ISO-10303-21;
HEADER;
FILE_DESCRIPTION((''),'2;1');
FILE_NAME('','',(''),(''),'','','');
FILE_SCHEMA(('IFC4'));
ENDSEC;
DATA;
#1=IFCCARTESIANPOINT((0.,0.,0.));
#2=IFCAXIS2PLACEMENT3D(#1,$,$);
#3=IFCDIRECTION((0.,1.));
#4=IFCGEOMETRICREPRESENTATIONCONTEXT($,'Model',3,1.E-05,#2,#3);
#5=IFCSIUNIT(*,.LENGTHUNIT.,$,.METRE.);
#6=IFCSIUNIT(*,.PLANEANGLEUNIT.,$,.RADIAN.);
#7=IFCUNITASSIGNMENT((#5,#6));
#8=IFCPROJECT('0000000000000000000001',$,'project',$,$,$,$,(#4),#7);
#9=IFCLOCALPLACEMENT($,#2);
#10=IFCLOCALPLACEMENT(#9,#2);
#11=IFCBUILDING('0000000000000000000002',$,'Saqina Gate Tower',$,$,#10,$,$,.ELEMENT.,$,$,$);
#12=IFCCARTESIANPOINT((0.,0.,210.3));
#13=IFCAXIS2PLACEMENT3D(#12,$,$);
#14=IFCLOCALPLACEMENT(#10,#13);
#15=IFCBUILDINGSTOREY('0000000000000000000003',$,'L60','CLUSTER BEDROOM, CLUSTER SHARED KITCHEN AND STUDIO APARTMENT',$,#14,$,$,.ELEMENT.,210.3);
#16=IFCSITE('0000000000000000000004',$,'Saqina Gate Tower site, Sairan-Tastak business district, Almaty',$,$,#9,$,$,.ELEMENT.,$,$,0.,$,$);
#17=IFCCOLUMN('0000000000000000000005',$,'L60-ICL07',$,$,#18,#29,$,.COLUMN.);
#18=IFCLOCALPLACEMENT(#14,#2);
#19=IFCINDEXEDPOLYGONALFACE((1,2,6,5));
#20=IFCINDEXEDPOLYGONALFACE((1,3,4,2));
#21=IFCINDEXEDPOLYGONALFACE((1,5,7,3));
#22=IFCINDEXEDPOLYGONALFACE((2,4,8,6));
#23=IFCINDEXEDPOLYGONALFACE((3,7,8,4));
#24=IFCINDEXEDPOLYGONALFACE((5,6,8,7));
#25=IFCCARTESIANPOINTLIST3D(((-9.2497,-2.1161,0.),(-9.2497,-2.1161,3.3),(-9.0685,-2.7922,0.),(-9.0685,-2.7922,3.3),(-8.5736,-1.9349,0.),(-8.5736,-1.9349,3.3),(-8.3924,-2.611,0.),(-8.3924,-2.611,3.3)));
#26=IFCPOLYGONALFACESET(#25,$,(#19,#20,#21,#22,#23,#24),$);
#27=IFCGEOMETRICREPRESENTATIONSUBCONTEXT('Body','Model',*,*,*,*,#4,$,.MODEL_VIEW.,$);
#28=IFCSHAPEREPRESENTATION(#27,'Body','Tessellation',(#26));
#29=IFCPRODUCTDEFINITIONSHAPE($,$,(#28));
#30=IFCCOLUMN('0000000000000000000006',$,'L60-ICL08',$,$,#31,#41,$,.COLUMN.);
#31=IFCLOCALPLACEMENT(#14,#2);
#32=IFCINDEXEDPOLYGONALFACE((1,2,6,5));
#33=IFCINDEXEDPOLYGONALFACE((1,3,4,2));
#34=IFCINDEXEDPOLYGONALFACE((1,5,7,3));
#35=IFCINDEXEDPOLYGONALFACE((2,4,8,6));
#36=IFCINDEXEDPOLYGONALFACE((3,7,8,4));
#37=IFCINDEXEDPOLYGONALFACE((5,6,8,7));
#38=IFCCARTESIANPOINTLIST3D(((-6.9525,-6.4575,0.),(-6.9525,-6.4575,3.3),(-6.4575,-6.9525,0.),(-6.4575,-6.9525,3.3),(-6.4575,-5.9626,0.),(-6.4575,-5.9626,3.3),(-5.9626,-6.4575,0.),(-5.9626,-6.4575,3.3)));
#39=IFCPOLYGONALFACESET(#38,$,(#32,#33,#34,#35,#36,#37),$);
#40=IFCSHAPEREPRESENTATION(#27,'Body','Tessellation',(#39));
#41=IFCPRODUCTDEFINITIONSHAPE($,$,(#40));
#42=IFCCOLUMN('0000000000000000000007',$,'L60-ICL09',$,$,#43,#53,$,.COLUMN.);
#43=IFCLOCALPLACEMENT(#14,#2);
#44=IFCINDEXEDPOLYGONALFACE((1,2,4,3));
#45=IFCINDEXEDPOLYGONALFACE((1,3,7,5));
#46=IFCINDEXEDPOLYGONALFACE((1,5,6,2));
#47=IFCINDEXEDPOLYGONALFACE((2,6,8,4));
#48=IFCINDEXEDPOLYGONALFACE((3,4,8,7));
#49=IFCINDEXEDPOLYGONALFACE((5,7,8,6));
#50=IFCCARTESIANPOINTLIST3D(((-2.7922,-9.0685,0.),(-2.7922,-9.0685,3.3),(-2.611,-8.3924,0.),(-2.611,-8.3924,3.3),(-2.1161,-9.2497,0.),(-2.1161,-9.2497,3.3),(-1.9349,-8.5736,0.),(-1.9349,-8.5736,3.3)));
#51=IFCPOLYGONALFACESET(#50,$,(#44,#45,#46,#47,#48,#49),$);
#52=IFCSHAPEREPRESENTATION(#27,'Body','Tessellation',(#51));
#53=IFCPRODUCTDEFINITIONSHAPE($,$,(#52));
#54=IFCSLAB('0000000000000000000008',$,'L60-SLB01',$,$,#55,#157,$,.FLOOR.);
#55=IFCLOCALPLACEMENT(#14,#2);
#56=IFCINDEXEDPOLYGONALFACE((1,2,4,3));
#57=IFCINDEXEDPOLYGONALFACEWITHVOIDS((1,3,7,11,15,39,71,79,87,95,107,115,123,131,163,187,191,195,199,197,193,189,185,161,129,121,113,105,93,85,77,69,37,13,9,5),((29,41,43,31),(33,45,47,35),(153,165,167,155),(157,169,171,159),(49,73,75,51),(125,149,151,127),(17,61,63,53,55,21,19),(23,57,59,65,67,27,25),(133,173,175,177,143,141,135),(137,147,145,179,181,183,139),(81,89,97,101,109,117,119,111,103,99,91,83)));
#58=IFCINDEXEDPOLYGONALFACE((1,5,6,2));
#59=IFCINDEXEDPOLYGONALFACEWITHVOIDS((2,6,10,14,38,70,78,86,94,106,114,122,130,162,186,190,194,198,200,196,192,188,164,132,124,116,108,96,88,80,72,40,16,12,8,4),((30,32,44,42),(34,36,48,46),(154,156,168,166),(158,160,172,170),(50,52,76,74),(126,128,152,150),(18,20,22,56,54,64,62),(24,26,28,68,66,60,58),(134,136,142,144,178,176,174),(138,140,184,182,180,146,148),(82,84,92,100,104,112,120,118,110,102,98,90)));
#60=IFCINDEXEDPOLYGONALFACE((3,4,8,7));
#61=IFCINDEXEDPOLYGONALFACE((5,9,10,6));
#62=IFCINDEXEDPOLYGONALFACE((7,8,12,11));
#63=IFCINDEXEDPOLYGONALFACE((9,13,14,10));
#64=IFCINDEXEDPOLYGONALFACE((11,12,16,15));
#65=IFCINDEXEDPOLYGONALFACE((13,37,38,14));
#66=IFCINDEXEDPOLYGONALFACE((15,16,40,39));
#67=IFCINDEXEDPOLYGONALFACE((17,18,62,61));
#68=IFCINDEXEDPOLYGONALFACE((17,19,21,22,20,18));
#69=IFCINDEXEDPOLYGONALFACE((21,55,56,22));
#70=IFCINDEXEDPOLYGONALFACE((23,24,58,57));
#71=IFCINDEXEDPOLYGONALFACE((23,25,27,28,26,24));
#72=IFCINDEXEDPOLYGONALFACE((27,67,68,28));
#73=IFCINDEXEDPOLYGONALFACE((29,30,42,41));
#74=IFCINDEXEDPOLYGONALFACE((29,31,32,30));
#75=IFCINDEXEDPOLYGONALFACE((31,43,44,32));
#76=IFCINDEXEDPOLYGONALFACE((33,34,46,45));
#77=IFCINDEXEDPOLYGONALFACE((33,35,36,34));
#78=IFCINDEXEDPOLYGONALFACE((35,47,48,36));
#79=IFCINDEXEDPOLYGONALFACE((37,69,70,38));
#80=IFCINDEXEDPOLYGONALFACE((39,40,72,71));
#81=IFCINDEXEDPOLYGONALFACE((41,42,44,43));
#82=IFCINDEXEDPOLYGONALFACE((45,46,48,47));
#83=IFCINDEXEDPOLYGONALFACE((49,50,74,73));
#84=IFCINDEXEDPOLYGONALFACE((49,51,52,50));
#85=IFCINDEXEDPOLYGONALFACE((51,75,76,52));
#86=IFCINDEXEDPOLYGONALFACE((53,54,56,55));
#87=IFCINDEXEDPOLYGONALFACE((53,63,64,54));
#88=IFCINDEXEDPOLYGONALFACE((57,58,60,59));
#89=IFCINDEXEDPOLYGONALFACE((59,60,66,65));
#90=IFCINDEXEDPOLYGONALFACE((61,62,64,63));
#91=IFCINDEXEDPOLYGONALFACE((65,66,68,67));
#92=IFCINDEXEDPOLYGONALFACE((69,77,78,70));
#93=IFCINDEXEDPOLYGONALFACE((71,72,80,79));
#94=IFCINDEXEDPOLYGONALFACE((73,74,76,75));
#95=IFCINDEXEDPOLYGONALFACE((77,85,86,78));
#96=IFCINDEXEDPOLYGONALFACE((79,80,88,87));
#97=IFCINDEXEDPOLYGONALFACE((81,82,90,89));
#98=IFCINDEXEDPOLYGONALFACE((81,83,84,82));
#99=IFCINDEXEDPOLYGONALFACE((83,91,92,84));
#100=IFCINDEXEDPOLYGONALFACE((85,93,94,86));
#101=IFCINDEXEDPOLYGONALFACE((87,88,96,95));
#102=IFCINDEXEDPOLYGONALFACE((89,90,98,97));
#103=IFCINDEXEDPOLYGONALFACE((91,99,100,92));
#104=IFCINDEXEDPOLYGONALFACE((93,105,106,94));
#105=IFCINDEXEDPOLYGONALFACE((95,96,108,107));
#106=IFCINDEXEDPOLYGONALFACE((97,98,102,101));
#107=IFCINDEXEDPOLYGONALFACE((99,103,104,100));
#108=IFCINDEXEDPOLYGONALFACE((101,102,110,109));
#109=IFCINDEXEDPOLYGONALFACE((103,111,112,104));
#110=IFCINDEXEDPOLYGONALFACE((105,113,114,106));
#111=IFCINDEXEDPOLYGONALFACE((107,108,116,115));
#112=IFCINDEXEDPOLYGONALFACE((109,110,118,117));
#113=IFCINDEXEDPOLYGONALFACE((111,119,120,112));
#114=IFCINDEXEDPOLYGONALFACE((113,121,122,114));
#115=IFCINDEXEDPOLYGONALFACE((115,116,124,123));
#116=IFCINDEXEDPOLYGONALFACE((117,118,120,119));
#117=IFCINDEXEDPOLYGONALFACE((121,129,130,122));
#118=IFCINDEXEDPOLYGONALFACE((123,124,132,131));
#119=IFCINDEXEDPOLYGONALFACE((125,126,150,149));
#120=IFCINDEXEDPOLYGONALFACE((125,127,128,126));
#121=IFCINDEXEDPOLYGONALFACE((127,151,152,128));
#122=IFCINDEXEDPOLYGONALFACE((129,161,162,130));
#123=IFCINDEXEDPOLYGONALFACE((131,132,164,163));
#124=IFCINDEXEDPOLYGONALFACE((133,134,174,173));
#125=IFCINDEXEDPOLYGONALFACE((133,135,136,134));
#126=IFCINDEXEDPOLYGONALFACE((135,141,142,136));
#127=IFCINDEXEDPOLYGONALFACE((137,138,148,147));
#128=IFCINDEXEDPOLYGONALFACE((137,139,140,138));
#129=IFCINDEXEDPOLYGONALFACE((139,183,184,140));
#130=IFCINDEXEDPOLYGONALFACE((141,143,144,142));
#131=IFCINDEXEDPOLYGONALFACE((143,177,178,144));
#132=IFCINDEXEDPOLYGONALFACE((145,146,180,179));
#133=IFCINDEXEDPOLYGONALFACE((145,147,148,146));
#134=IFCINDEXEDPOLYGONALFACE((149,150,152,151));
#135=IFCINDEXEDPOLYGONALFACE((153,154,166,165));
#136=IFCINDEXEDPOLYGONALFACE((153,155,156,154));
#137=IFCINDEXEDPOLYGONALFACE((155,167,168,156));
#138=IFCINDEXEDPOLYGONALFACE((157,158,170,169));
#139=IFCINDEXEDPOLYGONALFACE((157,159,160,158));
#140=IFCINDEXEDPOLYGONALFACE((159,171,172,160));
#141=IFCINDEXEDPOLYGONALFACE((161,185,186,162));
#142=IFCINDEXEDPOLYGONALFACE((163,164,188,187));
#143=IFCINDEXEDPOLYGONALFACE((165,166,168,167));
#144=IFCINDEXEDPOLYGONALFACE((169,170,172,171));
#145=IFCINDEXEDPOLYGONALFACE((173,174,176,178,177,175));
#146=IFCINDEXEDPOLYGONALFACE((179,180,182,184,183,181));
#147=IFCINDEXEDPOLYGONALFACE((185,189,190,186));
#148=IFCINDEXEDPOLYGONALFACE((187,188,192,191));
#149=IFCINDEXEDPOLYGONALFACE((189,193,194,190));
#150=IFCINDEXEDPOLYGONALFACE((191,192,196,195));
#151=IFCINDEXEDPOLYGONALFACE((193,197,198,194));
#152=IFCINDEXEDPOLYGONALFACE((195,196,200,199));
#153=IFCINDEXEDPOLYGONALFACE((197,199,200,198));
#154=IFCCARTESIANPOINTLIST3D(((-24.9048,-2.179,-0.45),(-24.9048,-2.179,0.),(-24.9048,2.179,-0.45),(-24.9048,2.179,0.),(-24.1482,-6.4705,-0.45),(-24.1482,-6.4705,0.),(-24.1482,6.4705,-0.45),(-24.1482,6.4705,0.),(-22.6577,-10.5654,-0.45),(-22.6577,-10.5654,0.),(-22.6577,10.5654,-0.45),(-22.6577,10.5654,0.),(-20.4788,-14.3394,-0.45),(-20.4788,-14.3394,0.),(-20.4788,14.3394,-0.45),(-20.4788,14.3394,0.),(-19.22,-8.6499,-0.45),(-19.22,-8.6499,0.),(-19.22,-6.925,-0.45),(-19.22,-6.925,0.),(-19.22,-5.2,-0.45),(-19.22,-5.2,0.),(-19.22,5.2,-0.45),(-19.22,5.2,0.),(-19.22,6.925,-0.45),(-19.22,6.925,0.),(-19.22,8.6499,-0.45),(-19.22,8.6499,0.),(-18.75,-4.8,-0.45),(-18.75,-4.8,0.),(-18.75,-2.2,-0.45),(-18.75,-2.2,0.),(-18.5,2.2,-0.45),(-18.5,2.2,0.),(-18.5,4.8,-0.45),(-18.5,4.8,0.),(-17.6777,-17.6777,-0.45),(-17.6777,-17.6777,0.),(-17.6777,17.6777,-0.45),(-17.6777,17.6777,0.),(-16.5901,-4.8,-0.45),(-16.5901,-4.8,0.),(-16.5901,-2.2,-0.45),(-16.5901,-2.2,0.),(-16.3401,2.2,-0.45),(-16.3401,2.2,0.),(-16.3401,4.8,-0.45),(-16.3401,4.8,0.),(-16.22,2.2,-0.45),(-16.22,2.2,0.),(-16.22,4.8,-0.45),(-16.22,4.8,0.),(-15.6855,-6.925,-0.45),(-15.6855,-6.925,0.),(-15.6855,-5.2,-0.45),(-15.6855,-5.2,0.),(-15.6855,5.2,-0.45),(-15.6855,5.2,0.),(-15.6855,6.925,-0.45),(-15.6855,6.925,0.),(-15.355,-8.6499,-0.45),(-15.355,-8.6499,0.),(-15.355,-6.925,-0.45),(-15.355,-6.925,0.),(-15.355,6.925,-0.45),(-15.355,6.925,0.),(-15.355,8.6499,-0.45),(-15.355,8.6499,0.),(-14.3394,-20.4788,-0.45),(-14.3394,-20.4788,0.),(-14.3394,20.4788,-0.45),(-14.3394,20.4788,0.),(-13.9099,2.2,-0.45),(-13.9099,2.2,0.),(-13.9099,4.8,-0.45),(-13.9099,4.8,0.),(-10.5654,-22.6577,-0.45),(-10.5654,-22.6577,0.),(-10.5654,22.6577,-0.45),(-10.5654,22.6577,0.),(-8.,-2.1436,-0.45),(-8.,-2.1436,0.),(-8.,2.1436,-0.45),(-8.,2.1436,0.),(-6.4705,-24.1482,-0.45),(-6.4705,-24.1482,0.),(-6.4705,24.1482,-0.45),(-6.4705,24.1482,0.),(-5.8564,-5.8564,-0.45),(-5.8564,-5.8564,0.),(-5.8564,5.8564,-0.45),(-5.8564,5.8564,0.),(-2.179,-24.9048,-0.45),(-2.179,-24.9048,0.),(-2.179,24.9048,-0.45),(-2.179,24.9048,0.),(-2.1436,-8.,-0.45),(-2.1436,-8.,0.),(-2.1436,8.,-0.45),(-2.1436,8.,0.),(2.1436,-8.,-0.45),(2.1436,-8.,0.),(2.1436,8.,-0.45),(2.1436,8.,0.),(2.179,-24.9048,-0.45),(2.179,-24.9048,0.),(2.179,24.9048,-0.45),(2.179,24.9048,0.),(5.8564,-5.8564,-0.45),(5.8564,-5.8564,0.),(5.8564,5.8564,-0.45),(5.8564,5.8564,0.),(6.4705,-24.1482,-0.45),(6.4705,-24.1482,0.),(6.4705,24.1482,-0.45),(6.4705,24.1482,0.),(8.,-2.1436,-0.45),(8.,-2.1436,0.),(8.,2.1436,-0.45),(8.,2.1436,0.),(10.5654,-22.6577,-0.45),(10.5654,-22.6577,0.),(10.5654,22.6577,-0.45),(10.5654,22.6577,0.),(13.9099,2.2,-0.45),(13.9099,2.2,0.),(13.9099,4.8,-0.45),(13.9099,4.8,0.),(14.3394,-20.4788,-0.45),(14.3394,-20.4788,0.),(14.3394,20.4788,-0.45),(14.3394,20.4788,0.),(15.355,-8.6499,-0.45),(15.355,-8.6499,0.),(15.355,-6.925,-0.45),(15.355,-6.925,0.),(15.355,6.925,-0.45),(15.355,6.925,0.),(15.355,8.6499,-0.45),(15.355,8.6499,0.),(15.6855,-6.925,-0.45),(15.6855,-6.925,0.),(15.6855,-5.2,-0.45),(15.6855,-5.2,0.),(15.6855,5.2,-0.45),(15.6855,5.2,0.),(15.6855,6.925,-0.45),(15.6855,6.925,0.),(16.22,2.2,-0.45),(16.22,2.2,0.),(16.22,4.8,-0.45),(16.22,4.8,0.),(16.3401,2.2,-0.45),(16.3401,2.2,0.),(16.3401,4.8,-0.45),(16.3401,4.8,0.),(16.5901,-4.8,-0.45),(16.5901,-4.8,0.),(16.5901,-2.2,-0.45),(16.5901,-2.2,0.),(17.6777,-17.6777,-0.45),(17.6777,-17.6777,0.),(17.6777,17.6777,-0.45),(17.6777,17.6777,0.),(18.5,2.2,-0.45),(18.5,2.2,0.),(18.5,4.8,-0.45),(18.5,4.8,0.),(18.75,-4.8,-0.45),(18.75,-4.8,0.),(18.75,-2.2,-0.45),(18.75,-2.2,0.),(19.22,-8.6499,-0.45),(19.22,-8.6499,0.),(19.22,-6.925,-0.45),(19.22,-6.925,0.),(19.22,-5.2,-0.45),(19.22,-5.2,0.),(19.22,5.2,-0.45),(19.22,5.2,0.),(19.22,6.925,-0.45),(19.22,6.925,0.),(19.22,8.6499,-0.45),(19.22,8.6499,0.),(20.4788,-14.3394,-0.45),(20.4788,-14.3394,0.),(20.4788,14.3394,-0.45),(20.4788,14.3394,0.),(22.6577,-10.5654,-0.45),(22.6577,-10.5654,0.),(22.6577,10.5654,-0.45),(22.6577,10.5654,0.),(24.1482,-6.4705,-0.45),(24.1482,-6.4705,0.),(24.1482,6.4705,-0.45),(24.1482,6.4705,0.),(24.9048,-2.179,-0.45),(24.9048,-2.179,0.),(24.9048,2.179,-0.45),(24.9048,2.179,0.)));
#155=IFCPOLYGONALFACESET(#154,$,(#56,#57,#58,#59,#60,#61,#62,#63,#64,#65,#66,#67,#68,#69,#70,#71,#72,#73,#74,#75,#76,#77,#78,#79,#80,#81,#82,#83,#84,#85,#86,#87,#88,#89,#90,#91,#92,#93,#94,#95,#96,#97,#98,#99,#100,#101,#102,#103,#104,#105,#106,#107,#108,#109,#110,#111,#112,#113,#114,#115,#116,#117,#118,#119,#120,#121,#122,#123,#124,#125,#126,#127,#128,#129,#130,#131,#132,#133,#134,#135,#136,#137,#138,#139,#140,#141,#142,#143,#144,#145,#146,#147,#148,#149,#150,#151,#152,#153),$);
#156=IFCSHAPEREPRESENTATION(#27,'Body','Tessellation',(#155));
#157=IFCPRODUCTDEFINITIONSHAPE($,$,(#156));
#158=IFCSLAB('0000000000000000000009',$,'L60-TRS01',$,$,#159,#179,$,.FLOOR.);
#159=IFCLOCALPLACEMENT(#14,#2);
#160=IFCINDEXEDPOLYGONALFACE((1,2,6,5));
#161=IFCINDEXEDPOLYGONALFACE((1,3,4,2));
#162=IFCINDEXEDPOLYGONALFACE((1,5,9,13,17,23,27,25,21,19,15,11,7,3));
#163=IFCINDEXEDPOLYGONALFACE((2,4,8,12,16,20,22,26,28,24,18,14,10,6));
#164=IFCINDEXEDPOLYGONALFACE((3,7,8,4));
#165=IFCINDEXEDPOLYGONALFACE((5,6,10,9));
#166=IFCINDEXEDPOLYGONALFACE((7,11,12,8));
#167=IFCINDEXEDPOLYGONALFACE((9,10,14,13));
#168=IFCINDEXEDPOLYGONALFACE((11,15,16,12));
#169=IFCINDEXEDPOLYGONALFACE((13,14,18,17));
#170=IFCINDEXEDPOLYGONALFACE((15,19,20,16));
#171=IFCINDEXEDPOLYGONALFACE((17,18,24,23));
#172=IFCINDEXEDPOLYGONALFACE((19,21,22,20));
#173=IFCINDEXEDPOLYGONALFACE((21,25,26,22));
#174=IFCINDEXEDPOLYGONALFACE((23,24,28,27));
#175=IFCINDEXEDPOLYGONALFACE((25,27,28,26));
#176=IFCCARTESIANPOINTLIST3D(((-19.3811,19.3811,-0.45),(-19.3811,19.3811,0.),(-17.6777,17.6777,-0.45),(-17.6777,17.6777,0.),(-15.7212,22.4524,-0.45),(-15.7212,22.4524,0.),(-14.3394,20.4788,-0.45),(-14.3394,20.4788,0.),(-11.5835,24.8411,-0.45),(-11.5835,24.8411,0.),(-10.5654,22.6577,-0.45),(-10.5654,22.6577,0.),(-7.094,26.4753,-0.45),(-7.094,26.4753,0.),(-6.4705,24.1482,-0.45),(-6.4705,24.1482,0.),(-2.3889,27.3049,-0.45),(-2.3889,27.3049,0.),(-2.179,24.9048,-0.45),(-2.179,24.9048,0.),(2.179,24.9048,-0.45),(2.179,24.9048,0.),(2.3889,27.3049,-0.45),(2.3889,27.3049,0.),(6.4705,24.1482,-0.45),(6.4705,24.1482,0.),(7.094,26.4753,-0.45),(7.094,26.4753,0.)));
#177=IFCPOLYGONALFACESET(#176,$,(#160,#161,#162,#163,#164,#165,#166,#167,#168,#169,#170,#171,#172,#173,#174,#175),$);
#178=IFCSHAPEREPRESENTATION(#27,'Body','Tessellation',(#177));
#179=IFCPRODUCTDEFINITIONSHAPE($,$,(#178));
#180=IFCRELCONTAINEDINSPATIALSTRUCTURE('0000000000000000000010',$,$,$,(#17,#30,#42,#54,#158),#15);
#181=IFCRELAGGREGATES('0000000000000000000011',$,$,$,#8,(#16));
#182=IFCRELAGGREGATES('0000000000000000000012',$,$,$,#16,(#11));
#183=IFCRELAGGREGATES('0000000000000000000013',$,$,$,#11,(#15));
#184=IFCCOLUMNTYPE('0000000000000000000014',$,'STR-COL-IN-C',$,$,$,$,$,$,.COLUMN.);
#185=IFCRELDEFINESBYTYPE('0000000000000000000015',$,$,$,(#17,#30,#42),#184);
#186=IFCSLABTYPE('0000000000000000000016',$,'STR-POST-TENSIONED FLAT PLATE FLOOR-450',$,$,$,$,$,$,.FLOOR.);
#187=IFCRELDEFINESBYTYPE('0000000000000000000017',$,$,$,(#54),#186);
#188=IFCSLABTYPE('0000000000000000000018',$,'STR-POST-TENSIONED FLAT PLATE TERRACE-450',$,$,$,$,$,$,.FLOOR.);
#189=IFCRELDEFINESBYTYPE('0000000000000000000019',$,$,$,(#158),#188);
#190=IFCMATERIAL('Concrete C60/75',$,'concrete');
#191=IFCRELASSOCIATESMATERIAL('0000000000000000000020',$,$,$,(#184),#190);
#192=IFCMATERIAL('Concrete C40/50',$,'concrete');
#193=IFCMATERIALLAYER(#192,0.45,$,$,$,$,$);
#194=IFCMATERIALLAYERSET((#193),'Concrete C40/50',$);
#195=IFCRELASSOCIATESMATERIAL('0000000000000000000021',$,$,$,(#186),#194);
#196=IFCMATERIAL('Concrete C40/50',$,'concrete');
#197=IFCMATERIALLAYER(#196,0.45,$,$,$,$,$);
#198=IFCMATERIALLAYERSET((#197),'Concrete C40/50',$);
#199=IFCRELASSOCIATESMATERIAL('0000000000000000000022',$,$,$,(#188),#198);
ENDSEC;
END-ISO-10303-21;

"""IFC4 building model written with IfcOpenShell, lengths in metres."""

from ifc_helpers import new_model, si_unit, direction, frame, origin, origin_2d, place, context, subcontext, project, spatial, polyline, rectangle, outline, extrude, material, layer, layer_set, material_profile, profile_set, type_object, element, save


model = new_model("IFC4")

# Units and contexts
model_context = context("Model", 3, precision=1e-05, world=origin(), true_north=direction((0.0, 1.0)))
body_context = subcontext(model_context, "Body", "Model", "MODEL_VIEW")
ifc_project = project(units=[si_unit("LENGTHUNIT", "METRE"), si_unit("PLANEANGLEUNIT", "RADIAN")], contexts=[model_context])

# Site, building, storey
site_placement = place(None, origin())
site = spatial("IfcSite", under=ifc_project, at=site_placement, Name="Saqina Gate Tower site, Sairan-Tastak business district, Almaty", CompositionType="ELEMENT", RefElevation=0.0)
building_placement = place(site_placement, origin())
building = spatial("IfcBuilding", under=site, at=building_placement, Name="Saqina Gate Tower", CompositionType="ELEMENT")
storey_placement = place(building_placement, frame((0.0, 0.0, 210.3)))
storey = spatial("IfcBuildingStorey", under=building, at=storey_placement, Name="L60", Description="CLUSTER BEDROOM, CLUSTER SHARED KITCHEN AND STUDIO APARTMENT", CompositionType="ELEMENT", Elevation=210.3)

# Columns
ifc_material_1 = material(Name="Concrete C60/75", Category="concrete")
ifc_material_profile = material_profile(ifc_material_1, rectangle(XDim=0.7, YDim=0.7, at=origin_2d()), Name="RC 700x700")
ifc_profile_set = profile_set([ifc_material_profile], Name="Concrete C60/75")
column_type = type_object("IfcColumnType", Name="STR-COL-IN-C", PredefinedType="COLUMN", material=ifc_profile_set)
for number, where, z_axis, x_axis, name in (
    (1, (-8.821, -2.3635, 0.0), (0.0, 0.0, 1.0), (-0.965926, -0.258819, 0.0), "L60-ICL07"),
    (2, (-6.4575, -6.4575, 0.0), (0.0, 0.0, 1.0), (-0.707107, -0.707107, 0.0), "L60-ICL08"),
    (3, (-2.3635, -8.821, 0.0), (0.0, 0.0, 1.0), (-0.258819, -0.965926, 0.0), "L60-ICL09"),
):
    element("IfcColumn", number, at=place(storey_placement, frame(where, z_axis=z_axis, x_axis=x_axis)), inside=storey, type_object=column_type, Name=name, PredefinedType="COLUMN", context=body_context, shape_type="SweptSolid", body=[
        extrude(rectangle(XDim=0.7, YDim=0.7, at=origin_2d()), origin(), (0.0, 0.0, 1.0), 3.3),
    ])

# Slabs
ifc_material_2 = material(Name="Concrete C40/50", Category="concrete")
ifc_layer_1 = layer(ifc_material_2, 0.45)
ifc_layer_set_1 = layer_set([ifc_layer_1], Name="Concrete C40/50")
slab_type_1 = type_object("IfcSlabType", Name="STR-POST-TENSIONED FLAT PLATE FLOOR-450", PredefinedType="FLOOR", material=ifc_layer_set_1)
slab_1_placement = place(storey_placement, frame((0.0, 0.0, -0.45)))
element("IfcSlab", 4, at=slab_1_placement, inside=storey, type_object=slab_type_1, Name="L60-SLB01", PredefinedType="FLOOR", context=body_context, shape_type="SweptSolid", body=[
    extrude(outline(polyline([(24.1482, -6.4705), (24.9048, -2.179), (24.9048, 2.179), (24.1482, 6.4705), (22.6577, 10.5654), (20.4788, 14.3394), (17.6777, 17.6777), (14.3394, 20.4788), (10.5654, 22.6577), (6.4705, 24.1482), (2.179, 24.9048), (-2.179, 24.9048), (-6.4705, 24.1482), (-10.5654, 22.6577), (-14.3394, 20.4788), (-17.6777, 17.6777), (-20.4788, 14.3394), (-22.6577, 10.5654), (-24.1482, 6.4705), (-24.9048, 2.179), (-24.9048, -2.179), (-24.1482, -6.4705), (-22.6577, -10.5654), (-20.4788, -14.3394), (-17.6777, -17.6777), (-14.3394, -20.4788), (-10.5654, -22.6577), (-6.4705, -24.1482), (-2.179, -24.9048), (2.179, -24.9048), (6.4705, -24.1482), (10.5654, -22.6577), (14.3394, -20.4788), (17.6777, -17.6777), (20.4788, -14.3394), (22.6577, -10.5654), (24.1482, -6.4705)]), holes=[polyline([(2.1436, 8.0), (5.8564, 5.8564), (8.0, 2.1436), (8.0, -2.1436), (5.8564, -5.8564), (2.1436, -8.0), (-2.1436, -8.0), (-5.8564, -5.8564), (-8.0, -2.1436), (-8.0, 2.1436), (-5.8564, 5.8564), (-2.1436, 8.0), (2.1436, 8.0)]), polyline([(-15.355, -8.6499), (-19.22, -8.6499), (-19.22, -6.925), (-19.22, -5.2), (-15.6855, -5.2), (-15.6855, -6.925), (-15.355, -6.925), (-15.355, -8.6499)]), polyline([(-16.5901, -2.2), (-16.5901, -4.8), (-18.75, -4.8), (-18.75, -2.2), (-16.5901, -2.2)]), polyline([(-16.3401, 4.8), (-16.3401, 2.2), (-18.5, 2.2), (-18.5, 4.8), (-16.3401, 4.8)]), polyline([(-13.9099, 4.8), (-13.9099, 2.2), (-16.22, 2.2), (-16.22, 4.8), (-13.9099, 4.8)]), polyline([(-19.22, 6.925), (-19.22, 8.6499), (-15.355, 8.6499), (-15.355, 6.925), (-15.6855, 6.925), (-15.6855, 5.2), (-19.22, 5.2), (-19.22, 6.925)]), polyline([(15.355, -8.6499), (15.355, -6.925), (15.6855, -6.925), (15.6855, -5.2), (19.22, -5.2), (19.22, -6.925), (19.22, -8.6499), (15.355, -8.6499)]), polyline([(18.75, -2.2), (18.75, -4.8), (16.5901, -4.8), (16.5901, -2.2), (18.75, -2.2)]), polyline([(16.22, 4.8), (16.22, 2.2), (13.9099, 2.2), (13.9099, 4.8), (16.22, 4.8)]), polyline([(18.5, 4.8), (18.5, 2.2), (16.3401, 2.2), (16.3401, 4.8), (18.5, 4.8)]), polyline([(15.6855, 6.925), (15.355, 6.925), (15.355, 8.6499), (19.22, 8.6499), (19.22, 6.925), (19.22, 5.2), (15.6855, 5.2), (15.6855, 6.925)])]), origin(), (0.0, 0.0, 1.0), 0.45),
])
ifc_material_3 = material(Name="Concrete C40/50", Category="concrete")
ifc_layer_2 = layer(ifc_material_3, 0.45)
ifc_layer_set_2 = layer_set([ifc_layer_2], Name="Concrete C40/50")
slab_type_2 = type_object("IfcSlabType", Name="STR-POST-TENSIONED FLAT PLATE TERRACE-450", PredefinedType="FLOOR", material=ifc_layer_set_2)
slab_2_placement = place(storey_placement, frame((0.0, 0.0, -0.45)))
element("IfcSlab", 5, at=slab_2_placement, inside=storey, type_object=slab_type_2, Name="L60-TRS01", PredefinedType="FLOOR", context=body_context, shape_type="SweptSolid", body=[
    extrude(outline(polyline([(6.4705, 24.1482), (2.179, 24.9048), (-2.179, 24.9048), (-6.4705, 24.1482), (-10.5654, 22.6577), (-14.3394, 20.4788), (-17.6777, 17.6777), (-19.3811, 19.3811), (-15.7212, 22.4524), (-11.5835, 24.8411), (-7.094, 26.4753), (-2.3889, 27.3049), (2.3889, 27.3049), (7.094, 26.4753), (6.4705, 24.1482)])), origin(), (0.0, 0.0, 1.0), 0.45),
])

save(model, "model.ifc")
